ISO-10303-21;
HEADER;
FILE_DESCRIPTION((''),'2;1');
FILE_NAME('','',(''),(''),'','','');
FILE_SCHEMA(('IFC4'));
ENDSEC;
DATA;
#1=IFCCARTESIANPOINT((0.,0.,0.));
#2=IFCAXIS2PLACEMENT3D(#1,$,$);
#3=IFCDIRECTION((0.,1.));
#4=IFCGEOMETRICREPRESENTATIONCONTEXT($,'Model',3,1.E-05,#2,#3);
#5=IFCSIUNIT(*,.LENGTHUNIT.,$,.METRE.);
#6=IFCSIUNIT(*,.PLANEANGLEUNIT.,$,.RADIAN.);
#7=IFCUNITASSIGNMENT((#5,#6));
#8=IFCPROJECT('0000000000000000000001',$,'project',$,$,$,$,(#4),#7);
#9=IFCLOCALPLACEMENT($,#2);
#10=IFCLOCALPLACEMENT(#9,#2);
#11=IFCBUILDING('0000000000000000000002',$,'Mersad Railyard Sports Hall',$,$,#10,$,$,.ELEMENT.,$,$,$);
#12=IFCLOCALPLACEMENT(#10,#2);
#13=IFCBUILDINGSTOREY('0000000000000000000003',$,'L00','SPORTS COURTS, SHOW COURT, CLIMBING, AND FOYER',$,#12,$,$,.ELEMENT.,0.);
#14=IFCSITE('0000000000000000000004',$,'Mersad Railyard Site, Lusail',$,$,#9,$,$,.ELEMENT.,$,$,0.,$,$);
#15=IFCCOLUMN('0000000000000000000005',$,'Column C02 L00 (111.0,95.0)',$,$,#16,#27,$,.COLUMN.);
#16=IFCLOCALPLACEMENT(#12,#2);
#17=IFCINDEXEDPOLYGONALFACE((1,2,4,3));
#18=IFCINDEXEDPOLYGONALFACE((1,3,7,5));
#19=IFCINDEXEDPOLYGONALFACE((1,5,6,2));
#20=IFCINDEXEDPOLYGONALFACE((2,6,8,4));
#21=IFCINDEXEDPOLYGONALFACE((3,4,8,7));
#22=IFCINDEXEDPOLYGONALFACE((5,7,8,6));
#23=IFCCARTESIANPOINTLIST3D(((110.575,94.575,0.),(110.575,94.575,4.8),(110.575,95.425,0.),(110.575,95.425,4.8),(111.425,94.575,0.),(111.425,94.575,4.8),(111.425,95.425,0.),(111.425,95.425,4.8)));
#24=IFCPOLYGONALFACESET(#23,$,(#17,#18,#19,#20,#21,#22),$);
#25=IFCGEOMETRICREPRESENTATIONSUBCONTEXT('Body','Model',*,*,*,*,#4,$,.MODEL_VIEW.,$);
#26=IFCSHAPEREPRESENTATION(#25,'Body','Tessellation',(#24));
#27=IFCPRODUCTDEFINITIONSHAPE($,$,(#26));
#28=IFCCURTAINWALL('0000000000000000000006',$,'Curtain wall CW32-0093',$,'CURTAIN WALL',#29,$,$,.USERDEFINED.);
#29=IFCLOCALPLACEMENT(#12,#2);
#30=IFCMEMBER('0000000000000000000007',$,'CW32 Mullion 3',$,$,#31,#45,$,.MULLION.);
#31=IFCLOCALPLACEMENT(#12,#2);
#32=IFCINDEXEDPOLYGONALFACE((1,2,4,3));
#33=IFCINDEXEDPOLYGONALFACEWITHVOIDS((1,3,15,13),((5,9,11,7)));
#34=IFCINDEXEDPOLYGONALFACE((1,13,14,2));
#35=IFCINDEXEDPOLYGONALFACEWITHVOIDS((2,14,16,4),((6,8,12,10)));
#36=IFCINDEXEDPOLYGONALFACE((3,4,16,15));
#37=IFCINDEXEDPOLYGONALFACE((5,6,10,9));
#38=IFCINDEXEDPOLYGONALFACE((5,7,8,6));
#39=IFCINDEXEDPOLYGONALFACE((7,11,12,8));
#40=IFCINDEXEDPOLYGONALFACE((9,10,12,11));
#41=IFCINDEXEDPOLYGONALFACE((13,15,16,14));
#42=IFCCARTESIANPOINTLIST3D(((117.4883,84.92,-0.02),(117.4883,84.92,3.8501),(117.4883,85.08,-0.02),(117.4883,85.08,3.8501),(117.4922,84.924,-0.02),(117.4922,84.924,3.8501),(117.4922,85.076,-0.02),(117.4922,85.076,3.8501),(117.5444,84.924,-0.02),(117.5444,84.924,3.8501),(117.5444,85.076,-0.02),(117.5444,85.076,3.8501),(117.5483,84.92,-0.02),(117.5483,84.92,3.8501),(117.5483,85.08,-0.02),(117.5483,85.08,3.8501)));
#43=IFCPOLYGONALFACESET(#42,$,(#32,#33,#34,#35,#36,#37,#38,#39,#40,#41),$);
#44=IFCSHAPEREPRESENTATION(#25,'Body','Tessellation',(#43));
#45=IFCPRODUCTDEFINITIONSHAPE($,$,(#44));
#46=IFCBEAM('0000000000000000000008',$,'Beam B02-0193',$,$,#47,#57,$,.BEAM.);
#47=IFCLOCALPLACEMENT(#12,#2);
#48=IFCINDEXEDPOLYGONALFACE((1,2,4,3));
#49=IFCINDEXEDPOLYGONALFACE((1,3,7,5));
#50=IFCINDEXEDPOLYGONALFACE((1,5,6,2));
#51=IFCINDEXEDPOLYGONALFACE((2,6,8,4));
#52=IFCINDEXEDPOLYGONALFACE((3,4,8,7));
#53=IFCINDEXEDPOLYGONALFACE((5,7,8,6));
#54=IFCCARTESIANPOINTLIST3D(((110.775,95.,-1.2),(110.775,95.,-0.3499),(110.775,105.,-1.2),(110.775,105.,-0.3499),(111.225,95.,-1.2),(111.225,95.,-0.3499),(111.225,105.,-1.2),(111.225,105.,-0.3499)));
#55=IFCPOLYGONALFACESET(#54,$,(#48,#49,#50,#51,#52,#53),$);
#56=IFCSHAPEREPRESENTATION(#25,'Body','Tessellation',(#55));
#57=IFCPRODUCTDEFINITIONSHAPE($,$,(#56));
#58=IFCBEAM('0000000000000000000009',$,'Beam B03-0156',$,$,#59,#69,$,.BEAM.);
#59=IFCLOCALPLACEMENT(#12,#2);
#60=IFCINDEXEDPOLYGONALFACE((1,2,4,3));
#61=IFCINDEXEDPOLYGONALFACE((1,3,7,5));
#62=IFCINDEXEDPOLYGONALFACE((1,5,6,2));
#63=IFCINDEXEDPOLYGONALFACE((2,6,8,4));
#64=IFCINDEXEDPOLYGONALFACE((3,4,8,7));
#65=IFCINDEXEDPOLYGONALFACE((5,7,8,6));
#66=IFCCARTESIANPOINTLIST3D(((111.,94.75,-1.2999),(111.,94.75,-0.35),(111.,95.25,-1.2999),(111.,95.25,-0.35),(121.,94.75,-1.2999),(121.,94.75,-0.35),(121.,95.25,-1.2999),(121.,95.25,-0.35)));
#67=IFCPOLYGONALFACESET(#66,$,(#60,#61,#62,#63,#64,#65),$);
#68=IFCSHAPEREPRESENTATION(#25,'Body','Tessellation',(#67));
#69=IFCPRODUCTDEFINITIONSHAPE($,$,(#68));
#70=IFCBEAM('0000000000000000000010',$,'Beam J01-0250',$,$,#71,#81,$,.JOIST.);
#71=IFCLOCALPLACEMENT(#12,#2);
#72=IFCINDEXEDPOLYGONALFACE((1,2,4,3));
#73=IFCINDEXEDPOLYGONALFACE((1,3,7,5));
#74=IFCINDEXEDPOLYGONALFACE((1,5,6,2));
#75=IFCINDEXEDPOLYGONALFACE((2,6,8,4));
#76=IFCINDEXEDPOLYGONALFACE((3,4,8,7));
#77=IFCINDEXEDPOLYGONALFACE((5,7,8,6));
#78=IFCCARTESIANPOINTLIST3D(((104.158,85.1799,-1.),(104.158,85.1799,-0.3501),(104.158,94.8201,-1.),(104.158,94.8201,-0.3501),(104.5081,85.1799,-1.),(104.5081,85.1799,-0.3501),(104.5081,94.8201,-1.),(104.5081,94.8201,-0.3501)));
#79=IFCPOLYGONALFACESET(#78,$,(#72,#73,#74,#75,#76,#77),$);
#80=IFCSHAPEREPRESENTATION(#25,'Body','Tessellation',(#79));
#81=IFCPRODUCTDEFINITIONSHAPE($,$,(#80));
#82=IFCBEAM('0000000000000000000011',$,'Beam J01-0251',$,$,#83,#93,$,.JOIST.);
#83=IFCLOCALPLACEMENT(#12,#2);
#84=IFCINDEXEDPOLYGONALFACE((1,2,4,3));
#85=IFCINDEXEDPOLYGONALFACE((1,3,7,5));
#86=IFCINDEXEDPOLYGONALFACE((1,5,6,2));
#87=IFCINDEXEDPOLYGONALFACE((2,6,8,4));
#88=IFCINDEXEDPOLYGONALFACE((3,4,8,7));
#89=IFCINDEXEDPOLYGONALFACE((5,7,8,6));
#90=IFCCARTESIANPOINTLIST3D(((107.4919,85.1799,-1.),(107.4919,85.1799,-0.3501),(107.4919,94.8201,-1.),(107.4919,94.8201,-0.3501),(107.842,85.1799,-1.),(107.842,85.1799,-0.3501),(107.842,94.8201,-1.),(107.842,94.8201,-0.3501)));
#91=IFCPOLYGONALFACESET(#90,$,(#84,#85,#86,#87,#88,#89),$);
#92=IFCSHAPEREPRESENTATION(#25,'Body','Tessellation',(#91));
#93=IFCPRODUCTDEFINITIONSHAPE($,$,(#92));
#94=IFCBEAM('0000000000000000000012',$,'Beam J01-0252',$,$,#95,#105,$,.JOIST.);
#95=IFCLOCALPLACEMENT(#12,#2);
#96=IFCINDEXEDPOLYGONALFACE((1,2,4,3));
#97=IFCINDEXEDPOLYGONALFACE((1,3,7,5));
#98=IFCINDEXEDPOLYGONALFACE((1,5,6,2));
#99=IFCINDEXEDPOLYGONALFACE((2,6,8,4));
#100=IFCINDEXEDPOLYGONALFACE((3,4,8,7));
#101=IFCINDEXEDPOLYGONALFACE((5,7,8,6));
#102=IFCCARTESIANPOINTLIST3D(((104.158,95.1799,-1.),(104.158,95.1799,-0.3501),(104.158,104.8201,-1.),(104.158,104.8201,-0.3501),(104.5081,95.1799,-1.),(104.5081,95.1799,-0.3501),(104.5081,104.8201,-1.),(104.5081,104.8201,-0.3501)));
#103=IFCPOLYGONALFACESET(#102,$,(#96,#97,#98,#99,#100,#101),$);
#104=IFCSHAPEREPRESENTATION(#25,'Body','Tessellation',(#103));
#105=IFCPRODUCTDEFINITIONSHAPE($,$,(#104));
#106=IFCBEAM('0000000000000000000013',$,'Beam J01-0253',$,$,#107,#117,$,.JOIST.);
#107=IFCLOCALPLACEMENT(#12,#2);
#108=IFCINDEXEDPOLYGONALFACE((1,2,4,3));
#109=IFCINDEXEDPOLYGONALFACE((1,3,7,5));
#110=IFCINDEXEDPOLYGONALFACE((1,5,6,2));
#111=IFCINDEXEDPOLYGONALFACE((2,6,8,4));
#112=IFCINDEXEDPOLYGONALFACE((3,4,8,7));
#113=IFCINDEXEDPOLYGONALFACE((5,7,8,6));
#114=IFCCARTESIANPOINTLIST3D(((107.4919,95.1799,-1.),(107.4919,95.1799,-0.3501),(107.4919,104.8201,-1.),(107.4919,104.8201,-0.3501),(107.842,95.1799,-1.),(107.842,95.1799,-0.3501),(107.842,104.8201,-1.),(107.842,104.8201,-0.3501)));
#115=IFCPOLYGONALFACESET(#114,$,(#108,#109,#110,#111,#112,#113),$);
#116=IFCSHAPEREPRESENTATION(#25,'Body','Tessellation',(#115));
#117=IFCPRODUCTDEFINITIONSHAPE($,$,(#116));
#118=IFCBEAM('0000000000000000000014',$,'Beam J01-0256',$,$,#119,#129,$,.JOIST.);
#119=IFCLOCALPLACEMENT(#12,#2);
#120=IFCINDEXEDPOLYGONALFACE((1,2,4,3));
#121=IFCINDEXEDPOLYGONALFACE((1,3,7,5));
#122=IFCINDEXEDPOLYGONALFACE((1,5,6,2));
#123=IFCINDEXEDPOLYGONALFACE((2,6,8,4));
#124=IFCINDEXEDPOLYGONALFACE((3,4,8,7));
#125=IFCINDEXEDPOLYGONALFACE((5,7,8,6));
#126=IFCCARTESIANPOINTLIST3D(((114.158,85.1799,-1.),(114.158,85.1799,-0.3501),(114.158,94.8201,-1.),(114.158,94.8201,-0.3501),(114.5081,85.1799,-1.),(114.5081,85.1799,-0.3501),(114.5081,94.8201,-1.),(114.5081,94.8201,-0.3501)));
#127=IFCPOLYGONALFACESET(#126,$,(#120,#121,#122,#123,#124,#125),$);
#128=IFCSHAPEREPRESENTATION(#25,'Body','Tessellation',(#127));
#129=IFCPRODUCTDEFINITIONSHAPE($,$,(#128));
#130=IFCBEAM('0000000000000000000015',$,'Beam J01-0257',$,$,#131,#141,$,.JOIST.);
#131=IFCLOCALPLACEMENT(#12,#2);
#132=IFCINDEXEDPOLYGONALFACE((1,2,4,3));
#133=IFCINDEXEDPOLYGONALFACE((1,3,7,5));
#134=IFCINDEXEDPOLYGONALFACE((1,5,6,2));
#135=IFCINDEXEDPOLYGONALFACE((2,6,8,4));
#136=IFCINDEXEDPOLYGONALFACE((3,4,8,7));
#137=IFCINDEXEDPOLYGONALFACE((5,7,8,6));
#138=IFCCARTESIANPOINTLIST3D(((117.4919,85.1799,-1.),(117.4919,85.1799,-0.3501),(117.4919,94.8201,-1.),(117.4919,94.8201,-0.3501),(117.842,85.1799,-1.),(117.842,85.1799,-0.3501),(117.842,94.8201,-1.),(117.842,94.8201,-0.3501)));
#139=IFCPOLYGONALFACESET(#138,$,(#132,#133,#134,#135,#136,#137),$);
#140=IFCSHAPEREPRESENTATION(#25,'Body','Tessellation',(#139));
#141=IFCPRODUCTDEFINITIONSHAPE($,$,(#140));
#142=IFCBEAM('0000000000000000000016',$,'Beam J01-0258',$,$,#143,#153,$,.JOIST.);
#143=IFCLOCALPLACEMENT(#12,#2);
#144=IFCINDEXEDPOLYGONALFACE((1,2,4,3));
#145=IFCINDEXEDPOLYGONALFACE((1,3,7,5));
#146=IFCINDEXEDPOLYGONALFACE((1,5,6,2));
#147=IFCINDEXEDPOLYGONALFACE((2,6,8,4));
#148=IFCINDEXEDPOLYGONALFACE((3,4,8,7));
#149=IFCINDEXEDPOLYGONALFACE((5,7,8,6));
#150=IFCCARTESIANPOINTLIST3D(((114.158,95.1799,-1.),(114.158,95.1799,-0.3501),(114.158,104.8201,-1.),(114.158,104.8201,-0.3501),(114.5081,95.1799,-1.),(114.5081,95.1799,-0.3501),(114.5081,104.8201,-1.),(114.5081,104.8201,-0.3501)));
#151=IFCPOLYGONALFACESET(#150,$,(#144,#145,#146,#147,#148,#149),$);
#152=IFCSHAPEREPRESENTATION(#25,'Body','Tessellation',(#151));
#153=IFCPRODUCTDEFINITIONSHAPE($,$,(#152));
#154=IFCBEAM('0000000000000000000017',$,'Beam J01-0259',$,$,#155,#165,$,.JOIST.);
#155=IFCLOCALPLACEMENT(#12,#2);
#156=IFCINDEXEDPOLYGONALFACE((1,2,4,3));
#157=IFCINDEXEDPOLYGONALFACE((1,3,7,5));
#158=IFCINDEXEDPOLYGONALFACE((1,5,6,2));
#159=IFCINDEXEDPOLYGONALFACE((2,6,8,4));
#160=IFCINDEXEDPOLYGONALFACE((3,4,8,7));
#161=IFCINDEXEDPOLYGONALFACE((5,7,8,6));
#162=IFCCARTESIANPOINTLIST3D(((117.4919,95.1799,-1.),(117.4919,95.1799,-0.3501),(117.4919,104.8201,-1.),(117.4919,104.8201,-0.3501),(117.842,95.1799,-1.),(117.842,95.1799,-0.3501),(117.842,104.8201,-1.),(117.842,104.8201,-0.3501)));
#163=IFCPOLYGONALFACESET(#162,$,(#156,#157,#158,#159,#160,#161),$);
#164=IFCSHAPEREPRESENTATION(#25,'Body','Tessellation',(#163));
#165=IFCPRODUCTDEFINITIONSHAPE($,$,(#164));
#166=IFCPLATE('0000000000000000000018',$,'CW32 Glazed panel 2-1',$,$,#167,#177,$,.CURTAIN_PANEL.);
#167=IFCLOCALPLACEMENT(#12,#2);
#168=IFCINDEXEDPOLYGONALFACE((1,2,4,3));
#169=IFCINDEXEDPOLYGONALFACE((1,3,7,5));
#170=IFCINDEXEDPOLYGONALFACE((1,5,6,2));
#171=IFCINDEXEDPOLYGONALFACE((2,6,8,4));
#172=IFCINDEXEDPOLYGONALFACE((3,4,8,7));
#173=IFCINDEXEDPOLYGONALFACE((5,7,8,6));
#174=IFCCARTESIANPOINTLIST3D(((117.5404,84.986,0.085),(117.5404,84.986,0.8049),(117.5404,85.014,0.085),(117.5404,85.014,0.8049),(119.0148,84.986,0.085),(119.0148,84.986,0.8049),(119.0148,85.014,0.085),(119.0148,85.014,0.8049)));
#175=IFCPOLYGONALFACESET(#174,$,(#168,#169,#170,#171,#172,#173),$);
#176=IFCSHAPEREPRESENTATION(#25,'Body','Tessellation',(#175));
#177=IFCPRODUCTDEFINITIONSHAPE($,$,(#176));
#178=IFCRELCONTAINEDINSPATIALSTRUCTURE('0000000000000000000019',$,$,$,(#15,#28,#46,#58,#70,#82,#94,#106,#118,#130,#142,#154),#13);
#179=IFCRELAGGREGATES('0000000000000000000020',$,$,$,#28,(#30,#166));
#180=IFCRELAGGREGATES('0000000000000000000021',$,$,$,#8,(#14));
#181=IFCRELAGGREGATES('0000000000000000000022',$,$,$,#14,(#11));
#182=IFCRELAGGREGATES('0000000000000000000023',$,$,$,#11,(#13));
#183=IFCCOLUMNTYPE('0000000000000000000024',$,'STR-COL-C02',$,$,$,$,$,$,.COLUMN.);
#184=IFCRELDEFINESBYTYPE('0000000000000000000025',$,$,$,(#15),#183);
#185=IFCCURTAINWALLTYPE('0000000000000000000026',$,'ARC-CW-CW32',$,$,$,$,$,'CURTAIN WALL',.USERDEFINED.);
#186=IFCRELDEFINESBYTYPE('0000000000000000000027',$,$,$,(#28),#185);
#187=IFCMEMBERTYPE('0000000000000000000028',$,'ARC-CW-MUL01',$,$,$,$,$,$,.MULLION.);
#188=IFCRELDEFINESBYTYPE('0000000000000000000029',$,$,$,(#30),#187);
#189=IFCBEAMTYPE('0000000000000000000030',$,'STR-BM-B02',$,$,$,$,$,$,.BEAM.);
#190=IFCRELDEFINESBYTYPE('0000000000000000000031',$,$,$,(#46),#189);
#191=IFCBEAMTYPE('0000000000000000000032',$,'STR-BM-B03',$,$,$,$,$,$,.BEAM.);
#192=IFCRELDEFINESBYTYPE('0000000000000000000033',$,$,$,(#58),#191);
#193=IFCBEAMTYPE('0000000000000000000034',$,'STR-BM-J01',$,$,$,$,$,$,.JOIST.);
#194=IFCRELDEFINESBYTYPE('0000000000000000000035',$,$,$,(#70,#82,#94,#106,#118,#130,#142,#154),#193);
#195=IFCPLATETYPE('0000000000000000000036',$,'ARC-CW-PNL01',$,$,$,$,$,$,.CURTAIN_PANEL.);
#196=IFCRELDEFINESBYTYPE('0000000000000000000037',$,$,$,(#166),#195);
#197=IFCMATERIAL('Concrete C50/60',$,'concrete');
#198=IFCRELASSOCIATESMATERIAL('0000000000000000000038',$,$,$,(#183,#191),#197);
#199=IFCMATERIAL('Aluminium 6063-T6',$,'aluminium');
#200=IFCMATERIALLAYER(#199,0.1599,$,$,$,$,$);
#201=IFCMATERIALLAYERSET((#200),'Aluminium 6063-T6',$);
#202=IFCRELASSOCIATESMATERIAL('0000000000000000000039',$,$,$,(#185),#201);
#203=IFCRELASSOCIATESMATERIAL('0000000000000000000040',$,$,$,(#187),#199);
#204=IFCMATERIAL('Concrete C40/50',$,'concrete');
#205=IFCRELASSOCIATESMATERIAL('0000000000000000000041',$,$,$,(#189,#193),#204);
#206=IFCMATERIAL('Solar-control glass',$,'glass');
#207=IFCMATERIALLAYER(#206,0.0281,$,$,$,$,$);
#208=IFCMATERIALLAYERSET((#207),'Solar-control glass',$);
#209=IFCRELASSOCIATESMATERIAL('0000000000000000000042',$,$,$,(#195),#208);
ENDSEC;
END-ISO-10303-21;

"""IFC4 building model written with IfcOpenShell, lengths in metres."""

from ifc_helpers import new_model, si_unit, direction, frame, origin, origin_2d, place, context, subcontext, project, spatial, rectangle, hollow_rectangle, extrude, material, layer, layer_set, material_profile, profile_set, type_object, element, aggregate, save


model = new_model("IFC4")

# Units and contexts
model_context = context("Model", 3, precision=1e-05, world=origin(), true_north=direction((0.0, 1.0)))
body_context = subcontext(model_context, "Body", "Model", "MODEL_VIEW")
ifc_project = project(units=[si_unit("LENGTHUNIT", "METRE"), si_unit("PLANEANGLEUNIT", "RADIAN")], contexts=[model_context])

# Site, building, storey
site_placement = place(None, origin())
site = spatial("IfcSite", under=ifc_project, at=site_placement, Name="Mersad Railyard Site, Lusail", CompositionType="ELEMENT", RefElevation=0.0)
building_placement = place(site_placement, origin())
building = spatial("IfcBuilding", under=site, at=building_placement, Name="Mersad Railyard Sports Hall", CompositionType="ELEMENT")
storey_placement = place(building_placement, origin())
storey = spatial("IfcBuildingStorey", under=building, at=storey_placement, Name="L00", Description="SPORTS COURTS, SHOW COURT, CLIMBING, AND FOYER", CompositionType="ELEMENT", Elevation=0.0)

# Column
ifc_material_1 = material(Name="Concrete C50/60", Category="concrete")
ifc_material_profile_1 = material_profile(ifc_material_1, rectangle(XDim=0.8501, YDim=0.8501, at=origin_2d()), Name="RC 850x850")
ifc_profile_set_1 = profile_set([ifc_material_profile_1], Name="Concrete C50/60")
column_type = type_object("IfcColumnType", Name="STR-COL-C02", PredefinedType="COLUMN", material=ifc_profile_set_1)
column_placement = place(storey_placement, frame((111.0, 95.0, 0.0), z_axis=(0.0, 0.0, 1.0), x_axis=(1.0, 0.0, 0.0)))
element("IfcColumn", 1, at=column_placement, inside=storey, type_object=column_type, Name="Column C02 L00 (111.0,95.0)", PredefinedType="COLUMN", context=body_context, shape_type="SweptSolid", body=[
    extrude(rectangle(XDim=0.8501, YDim=0.8501, at=origin_2d()), origin(), (0.0, 0.0, 1.0), 4.8),
])

# Curtain wall, member
ifc_material_2 = material(Name="Aluminium 6063-T6", Category="aluminium")
ifc_layer_1 = layer(ifc_material_2, 0.1599)
ifc_layer_set_1 = layer_set([ifc_layer_1], Name="Aluminium 6063-T6")
curtain_wall_type = type_object("IfcCurtainWallType", Name="ARC-CW-CW32", ElementType="CURTAIN WALL", PredefinedType="USERDEFINED", material=ifc_layer_set_1)
curtain_wall_placement = place(storey_placement, origin())
curtain_wall = element("IfcCurtainWall", 2, at=curtain_wall_placement, inside=storey, type_object=curtain_wall_type, Name="Curtain wall CW32-0093", ObjectType="CURTAIN WALL", PredefinedType="USERDEFINED")
ifc_material_profile_2 = material_profile(ifc_material_2, hollow_rectangle(XDim=0.0601, YDim=0.1599, WallThickness=0.0039, at=origin_2d()), Name="AL MULLION 60x160x4")
ifc_profile_set_2 = profile_set([ifc_material_profile_2], Name="Aluminium 6063-T6")
member_type = type_object("IfcMemberType", Name="ARC-CW-MUL01", PredefinedType="MULLION", material=ifc_profile_set_2)
member_placement = place(storey_placement, frame((117.5183, 85.0, -0.02), z_axis=(0.0, 0.0, 1.0), x_axis=(1.0, 0.0, 0.0)))
member = element("IfcMember", 3, at=member_placement, type_object=member_type, Name="CW32 Mullion 3", PredefinedType="MULLION", context=body_context, shape_type="SweptSolid", body=[
    extrude(hollow_rectangle(XDim=0.0601, YDim=0.1599, WallThickness=0.0039, at=origin_2d()), origin(), (0.0, 0.0, 1.0), 3.8701),
])

# Beams
ifc_material_3 = material(Name="Concrete C40/50", Category="concrete")
ifc_material_profile_3 = material_profile(ifc_material_3, rectangle(XDim=0.45, YDim=0.8501, at=origin_2d()), Name="RC 450x850")
ifc_profile_set_3 = profile_set([ifc_material_profile_3], Name="Concrete C40/50")
beam_type_1 = type_object("IfcBeamType", Name="STR-BM-B02", PredefinedType="BEAM", material=ifc_profile_set_3)
beam_1_placement = place(storey_placement, frame((111.0, 95.0, -0.7749), z_axis=(0.0, 1.0, 0.0), x_axis=(-1.0, 0.0, 0.0)))
element("IfcBeam", 4, at=beam_1_placement, inside=storey, type_object=beam_type_1, Name="Beam B02-0193", PredefinedType="BEAM", context=body_context, shape_type="SweptSolid", body=[
    extrude(rectangle(XDim=0.45, YDim=0.8501, at=origin_2d()), origin(), (0.0, 0.0, 1.0), 10.0),
])
ifc_material_profile_4 = material_profile(ifc_material_1, rectangle(XDim=0.5, YDim=0.95, at=origin_2d()), Name="RC 500x950")
ifc_profile_set_4 = profile_set([ifc_material_profile_4], Name="Concrete C50/60")
beam_type_2 = type_object("IfcBeamType", Name="STR-BM-B03", PredefinedType="BEAM", material=ifc_profile_set_4)
beam_2_placement = place(storey_placement, frame((111.0, 95.0, -0.825), z_axis=(1.0, 0.0, 0.0), x_axis=(0.0, 1.0, 0.0)))
element("IfcBeam", 5, at=beam_2_placement, inside=storey, type_object=beam_type_2, Name="Beam B03-0156", PredefinedType="BEAM", context=body_context, shape_type="SweptSolid", body=[
    extrude(rectangle(XDim=0.5, YDim=0.95, at=origin_2d()), origin(), (0.0, 0.0, 1.0), 10.0),
])
ifc_material_profile_5 = material_profile(ifc_material_3, rectangle(XDim=0.3501, YDim=0.6499, at=origin_2d()), Name="RC 350x650")
ifc_profile_set_5 = profile_set([ifc_material_profile_5], Name="Concrete C40/50")
beam_type_3 = type_object("IfcBeamType", Name="STR-BM-J01", PredefinedType="JOIST", material=ifc_profile_set_5)
for number, where, z_axis, x_axis, name in (
    (6, (104.333, 85.1799, -0.675), (0.0, 1.0, 0.0), (-1.0, 0.0, 0.0), "Beam J01-0250"),
    (7, (107.667, 85.1799, -0.675), (0.0, 1.0, 0.0), (-1.0, 0.0, 0.0), "Beam J01-0251"),
    (8, (104.333, 95.1799, -0.675), (0.0, 1.0, 0.0), (-1.0, 0.0, 0.0), "Beam J01-0252"),
    (9, (107.667, 95.1799, -0.675), (0.0, 1.0, 0.0), (-1.0, 0.0, 0.0), "Beam J01-0253"),
    (10, (114.333, 85.1799, -0.675), (0.0, 1.0, 0.0), (-1.0, 0.0, 0.0), "Beam J01-0256"),
    (11, (117.667, 85.1799, -0.675), (0.0, 1.0, 0.0), (-1.0, 0.0, 0.0), "Beam J01-0257"),
    (12, (114.333, 95.1799, -0.675), (0.0, 1.0, 0.0), (-1.0, 0.0, 0.0), "Beam J01-0258"),
    (13, (117.667, 95.1799, -0.675), (0.0, 1.0, 0.0), (-1.0, 0.0, 0.0), "Beam J01-0259"),
):
    element("IfcBeam", number, at=place(storey_placement, frame(where, z_axis=z_axis, x_axis=x_axis)), inside=storey, type_object=beam_type_3, Name=name, PredefinedType="JOIST", context=body_context, shape_type="SweptSolid", body=[
        extrude(rectangle(XDim=0.3501, YDim=0.6499, at=origin_2d()), origin(), (0.0, 0.0, 1.0), 9.6401),
    ])

# Plate
ifc_material_4 = material(Name="Solar-control glass", Category="glass")
ifc_layer_2 = layer(ifc_material_4, 0.0281)
ifc_layer_set_2 = layer_set([ifc_layer_2], Name="Solar-control glass")
plate_type = type_object("IfcPlateType", Name="ARC-CW-PNL01", PredefinedType="CURTAIN_PANEL", material=ifc_layer_set_2)
plate_placement = place(storey_placement, frame((118.2776, 85.0, 0.085), z_axis=(0.0, 0.0, 1.0), x_axis=(-1.0, 0.0, 0.0)))
plate = element("IfcPlate", 14, at=plate_placement, type_object=plate_type, Name="CW32 Glazed panel 2-1", PredefinedType="CURTAIN_PANEL", context=body_context, shape_type="SweptSolid", body=[
    extrude(rectangle(XDim=1.4744, YDim=0.0281, at=origin_2d()), origin(), (0.0, 0.0, 1.0), 0.72),
])
aggregate(curtain_wall, [member, plate])

save(model, "model.ifc")
